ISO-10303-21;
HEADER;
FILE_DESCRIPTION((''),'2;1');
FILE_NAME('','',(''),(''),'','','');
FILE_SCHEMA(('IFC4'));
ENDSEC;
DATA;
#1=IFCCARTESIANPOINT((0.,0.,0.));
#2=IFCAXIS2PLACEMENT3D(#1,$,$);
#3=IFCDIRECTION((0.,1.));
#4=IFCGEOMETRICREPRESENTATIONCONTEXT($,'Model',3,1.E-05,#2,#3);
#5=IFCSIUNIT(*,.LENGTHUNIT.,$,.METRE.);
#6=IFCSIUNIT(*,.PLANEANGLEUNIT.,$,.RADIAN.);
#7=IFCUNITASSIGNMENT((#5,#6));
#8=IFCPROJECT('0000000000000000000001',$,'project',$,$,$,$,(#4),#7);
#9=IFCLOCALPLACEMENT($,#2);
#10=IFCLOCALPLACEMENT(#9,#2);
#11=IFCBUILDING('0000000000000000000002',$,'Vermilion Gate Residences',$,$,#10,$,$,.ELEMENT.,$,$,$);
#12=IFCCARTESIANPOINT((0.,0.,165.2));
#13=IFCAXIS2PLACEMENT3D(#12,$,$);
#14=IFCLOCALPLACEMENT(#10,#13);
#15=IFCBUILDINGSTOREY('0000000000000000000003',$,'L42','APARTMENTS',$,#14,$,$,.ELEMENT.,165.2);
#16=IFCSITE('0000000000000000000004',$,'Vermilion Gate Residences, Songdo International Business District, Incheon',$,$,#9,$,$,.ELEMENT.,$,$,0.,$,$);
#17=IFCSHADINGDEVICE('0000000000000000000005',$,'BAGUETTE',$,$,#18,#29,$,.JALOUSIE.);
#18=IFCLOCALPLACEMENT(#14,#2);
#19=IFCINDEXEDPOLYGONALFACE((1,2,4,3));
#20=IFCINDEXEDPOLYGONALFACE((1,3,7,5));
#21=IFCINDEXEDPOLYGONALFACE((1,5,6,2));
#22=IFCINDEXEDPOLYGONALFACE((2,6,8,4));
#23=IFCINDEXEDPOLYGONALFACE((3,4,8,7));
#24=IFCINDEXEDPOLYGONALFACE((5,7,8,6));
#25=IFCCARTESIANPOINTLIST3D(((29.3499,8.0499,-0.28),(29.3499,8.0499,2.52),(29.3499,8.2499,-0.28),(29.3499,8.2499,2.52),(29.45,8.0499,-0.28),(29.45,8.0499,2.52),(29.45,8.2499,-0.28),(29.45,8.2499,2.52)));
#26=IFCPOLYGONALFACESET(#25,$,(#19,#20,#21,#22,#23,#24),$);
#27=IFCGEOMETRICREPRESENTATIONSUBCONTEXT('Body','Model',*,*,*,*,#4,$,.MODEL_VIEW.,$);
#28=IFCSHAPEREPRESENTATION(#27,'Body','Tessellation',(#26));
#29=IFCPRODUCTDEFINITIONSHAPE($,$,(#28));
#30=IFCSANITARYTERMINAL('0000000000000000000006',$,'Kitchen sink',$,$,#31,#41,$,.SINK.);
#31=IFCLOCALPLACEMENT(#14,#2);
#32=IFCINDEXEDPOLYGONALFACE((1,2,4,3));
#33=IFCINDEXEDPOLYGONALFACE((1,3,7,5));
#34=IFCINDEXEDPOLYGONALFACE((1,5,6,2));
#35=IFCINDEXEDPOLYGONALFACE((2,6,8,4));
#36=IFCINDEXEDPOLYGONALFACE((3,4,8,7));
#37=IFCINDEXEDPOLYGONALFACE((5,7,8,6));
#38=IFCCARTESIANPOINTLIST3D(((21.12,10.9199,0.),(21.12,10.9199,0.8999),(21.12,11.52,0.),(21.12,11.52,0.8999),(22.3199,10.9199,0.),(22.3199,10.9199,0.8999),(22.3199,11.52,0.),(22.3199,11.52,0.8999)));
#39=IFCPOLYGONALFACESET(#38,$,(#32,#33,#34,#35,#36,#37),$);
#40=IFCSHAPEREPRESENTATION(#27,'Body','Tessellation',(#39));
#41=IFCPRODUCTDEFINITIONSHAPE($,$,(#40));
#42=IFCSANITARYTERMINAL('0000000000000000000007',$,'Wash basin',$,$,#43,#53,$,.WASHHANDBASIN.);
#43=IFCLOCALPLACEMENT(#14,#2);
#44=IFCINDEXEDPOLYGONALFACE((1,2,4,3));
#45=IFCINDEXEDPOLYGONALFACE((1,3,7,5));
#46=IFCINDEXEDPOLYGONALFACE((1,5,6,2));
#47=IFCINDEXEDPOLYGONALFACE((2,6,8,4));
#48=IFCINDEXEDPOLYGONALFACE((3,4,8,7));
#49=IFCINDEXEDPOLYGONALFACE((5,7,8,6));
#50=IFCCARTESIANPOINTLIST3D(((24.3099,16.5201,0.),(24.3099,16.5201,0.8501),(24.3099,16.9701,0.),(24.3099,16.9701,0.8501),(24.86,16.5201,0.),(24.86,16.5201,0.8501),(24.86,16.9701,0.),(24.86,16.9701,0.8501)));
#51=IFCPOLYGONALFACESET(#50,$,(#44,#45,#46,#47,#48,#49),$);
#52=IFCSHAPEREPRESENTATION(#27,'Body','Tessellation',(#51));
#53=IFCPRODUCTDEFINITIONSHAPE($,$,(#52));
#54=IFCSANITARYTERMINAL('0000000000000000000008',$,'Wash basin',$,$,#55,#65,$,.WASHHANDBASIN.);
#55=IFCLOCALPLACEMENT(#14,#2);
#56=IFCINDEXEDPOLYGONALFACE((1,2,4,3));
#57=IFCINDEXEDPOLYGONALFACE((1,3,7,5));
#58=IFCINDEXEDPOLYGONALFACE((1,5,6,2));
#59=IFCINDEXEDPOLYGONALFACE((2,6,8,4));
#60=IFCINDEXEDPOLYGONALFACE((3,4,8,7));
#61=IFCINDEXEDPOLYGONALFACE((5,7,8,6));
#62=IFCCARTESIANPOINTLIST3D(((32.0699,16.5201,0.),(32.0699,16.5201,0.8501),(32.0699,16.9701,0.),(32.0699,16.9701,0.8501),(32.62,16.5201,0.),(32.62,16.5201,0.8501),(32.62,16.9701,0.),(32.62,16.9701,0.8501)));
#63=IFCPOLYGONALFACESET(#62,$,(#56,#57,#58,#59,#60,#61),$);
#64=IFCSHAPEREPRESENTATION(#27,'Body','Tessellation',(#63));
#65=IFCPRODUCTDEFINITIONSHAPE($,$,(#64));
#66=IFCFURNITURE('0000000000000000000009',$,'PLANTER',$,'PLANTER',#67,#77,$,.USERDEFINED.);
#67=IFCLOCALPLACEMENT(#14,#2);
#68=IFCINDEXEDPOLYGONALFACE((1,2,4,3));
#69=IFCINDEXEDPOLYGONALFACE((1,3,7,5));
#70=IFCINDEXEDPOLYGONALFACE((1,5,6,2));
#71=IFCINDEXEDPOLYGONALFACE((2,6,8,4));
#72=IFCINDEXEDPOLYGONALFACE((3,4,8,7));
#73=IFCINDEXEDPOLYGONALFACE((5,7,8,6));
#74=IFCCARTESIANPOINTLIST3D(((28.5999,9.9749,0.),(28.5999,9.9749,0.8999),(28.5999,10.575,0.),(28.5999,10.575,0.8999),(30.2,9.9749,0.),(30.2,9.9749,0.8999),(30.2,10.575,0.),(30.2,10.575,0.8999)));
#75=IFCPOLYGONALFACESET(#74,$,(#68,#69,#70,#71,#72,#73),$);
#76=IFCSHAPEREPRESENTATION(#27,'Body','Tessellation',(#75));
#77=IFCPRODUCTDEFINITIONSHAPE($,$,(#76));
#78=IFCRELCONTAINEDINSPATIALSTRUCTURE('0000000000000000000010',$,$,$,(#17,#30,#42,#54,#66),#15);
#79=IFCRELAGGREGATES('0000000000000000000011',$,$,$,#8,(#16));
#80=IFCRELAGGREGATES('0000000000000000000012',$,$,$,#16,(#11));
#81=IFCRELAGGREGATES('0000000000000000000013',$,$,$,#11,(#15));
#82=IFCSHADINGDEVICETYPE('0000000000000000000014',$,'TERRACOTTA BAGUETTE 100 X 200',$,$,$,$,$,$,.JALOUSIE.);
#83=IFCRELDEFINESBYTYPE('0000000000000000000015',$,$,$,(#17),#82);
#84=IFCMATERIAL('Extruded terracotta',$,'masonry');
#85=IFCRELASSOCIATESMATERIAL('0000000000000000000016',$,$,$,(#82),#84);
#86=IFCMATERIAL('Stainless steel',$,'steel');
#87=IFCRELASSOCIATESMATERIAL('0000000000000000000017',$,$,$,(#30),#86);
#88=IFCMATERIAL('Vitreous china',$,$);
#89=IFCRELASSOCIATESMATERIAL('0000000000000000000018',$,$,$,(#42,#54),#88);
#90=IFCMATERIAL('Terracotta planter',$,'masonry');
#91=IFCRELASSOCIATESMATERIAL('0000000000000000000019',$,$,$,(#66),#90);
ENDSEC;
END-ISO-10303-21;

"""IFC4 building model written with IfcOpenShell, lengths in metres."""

from ifc_helpers import new_model, si_unit, direction, frame, origin, origin_2d, place, context, subcontext, project, spatial, rectangle, extrude, material, material_profile, profile_set, type_object, element, save


model = new_model("IFC4")

# Units and contexts
model_context = context("Model", 3, precision=1e-05, world=origin(), true_north=direction((0.0, 1.0)))
body_context = subcontext(model_context, "Body", "Model", "MODEL_VIEW")
ifc_project = project(units=[si_unit("LENGTHUNIT", "METRE"), si_unit("PLANEANGLEUNIT", "RADIAN")], contexts=[model_context])

# Site, building, storey
site_placement = place(None, origin())
site = spatial("IfcSite", under=ifc_project, at=site_placement, Name="Vermilion Gate Residences, Songdo International Business District, Incheon", CompositionType="ELEMENT", RefElevation=0.0)
building_placement = place(site_placement, origin())
building = spatial("IfcBuilding", under=site, at=building_placement, Name="Vermilion Gate Residences", CompositionType="ELEMENT")
storey_placement = place(building_placement, frame((0.0, 0.0, 165.2)))
storey = spatial("IfcBuildingStorey", under=building, at=storey_placement, Name="L42", Description="APARTMENTS", CompositionType="ELEMENT", Elevation=165.2)

# Shading device
ifc_material_1 = material(Name="Extruded terracotta", Category="masonry")
ifc_material_profile_1 = material_profile(ifc_material_1, rectangle(XDim=0.2, YDim=0.1001, at=origin_2d()), Name="BAGUETTE 100 X 200")
ifc_profile_set_1 = profile_set([ifc_material_profile_1], Name="Extruded terracotta")
shading_device_type = type_object("IfcShadingDeviceType", Name="TERRACOTTA BAGUETTE 100 X 200", PredefinedType="JALOUSIE", material=ifc_profile_set_1)
shading_device_placement = place(storey_placement, frame((29.3999, 8.1499, -0.28), z_axis=(0.0, 0.0, 1.0), x_axis=(0.0, 1.0, 0.0)))
element("IfcShadingDevice", 1, at=shading_device_placement, inside=storey, type_object=shading_device_type, Name="BAGUETTE", PredefinedType="JALOUSIE", context=body_context, shape_type="SweptSolid", body=[
    extrude(rectangle(XDim=0.2, YDim=0.1001, at=origin_2d()), origin(), (0.0, 0.0, 1.0), 2.8),
])

# Sanitary terminals
ifc_material_2 = material(Name="Stainless steel", Category="steel")
sanitary_terminal_placement = place(storey_placement, frame((21.72, 11.22, 0.0), z_axis=(0.0, 0.0, 1.0), x_axis=(1.0, 0.0, 0.0)))
element("IfcSanitaryTerminal", 2, at=sanitary_terminal_placement, inside=storey, material=ifc_material_2, Name="Kitchen sink", PredefinedType="SINK", context=body_context, shape_type="SweptSolid", body=[
    extrude(rectangle(XDim=1.2, YDim=0.6001, at=origin_2d()), origin(), (0.0, 0.0, 1.0), 0.8999),
])
ifc_material_3 = material(Name="Vitreous china")
for number, where, z_axis, x_axis, name in (
    (3, (24.585, 16.7451, 0.0), (0.0, 0.0, 1.0), (1.0, 0.0, 0.0), "Wash basin"),
    (4, (32.345, 16.7451, 0.0), (0.0, 0.0, 1.0), (1.0, 0.0, 0.0), "Wash basin"),
):
    element("IfcSanitaryTerminal", number, at=place(storey_placement, frame(where, z_axis=z_axis, x_axis=x_axis)), inside=storey, material=ifc_material_3, Name=name, PredefinedType="WASHHANDBASIN", context=body_context, shape_type="SweptSolid", body=[
        extrude(rectangle(XDim=0.55, YDim=0.45, at=origin_2d()), origin(), (0.0, 0.0, 1.0), 0.8501),
    ])

# Furniture
ifc_material_4 = material(Name="Terracotta planter", Category="masonry")
furniture_placement = place(storey_placement, frame((29.3999, 10.2749, 0.0), z_axis=(0.0, 0.0, 1.0), x_axis=(1.0, 0.0, 0.0)))
element("IfcFurniture", 5, at=furniture_placement, inside=storey, material=ifc_material_4, Name="PLANTER", ObjectType="PLANTER", PredefinedType="USERDEFINED", context=body_context, shape_type="SweptSolid", body=[
    extrude(rectangle(XDim=1.6001, YDim=0.6001, at=origin_2d()), origin(), (0.0, 0.0, 1.0), 0.8999),
])

save(model, "model.ifc")
